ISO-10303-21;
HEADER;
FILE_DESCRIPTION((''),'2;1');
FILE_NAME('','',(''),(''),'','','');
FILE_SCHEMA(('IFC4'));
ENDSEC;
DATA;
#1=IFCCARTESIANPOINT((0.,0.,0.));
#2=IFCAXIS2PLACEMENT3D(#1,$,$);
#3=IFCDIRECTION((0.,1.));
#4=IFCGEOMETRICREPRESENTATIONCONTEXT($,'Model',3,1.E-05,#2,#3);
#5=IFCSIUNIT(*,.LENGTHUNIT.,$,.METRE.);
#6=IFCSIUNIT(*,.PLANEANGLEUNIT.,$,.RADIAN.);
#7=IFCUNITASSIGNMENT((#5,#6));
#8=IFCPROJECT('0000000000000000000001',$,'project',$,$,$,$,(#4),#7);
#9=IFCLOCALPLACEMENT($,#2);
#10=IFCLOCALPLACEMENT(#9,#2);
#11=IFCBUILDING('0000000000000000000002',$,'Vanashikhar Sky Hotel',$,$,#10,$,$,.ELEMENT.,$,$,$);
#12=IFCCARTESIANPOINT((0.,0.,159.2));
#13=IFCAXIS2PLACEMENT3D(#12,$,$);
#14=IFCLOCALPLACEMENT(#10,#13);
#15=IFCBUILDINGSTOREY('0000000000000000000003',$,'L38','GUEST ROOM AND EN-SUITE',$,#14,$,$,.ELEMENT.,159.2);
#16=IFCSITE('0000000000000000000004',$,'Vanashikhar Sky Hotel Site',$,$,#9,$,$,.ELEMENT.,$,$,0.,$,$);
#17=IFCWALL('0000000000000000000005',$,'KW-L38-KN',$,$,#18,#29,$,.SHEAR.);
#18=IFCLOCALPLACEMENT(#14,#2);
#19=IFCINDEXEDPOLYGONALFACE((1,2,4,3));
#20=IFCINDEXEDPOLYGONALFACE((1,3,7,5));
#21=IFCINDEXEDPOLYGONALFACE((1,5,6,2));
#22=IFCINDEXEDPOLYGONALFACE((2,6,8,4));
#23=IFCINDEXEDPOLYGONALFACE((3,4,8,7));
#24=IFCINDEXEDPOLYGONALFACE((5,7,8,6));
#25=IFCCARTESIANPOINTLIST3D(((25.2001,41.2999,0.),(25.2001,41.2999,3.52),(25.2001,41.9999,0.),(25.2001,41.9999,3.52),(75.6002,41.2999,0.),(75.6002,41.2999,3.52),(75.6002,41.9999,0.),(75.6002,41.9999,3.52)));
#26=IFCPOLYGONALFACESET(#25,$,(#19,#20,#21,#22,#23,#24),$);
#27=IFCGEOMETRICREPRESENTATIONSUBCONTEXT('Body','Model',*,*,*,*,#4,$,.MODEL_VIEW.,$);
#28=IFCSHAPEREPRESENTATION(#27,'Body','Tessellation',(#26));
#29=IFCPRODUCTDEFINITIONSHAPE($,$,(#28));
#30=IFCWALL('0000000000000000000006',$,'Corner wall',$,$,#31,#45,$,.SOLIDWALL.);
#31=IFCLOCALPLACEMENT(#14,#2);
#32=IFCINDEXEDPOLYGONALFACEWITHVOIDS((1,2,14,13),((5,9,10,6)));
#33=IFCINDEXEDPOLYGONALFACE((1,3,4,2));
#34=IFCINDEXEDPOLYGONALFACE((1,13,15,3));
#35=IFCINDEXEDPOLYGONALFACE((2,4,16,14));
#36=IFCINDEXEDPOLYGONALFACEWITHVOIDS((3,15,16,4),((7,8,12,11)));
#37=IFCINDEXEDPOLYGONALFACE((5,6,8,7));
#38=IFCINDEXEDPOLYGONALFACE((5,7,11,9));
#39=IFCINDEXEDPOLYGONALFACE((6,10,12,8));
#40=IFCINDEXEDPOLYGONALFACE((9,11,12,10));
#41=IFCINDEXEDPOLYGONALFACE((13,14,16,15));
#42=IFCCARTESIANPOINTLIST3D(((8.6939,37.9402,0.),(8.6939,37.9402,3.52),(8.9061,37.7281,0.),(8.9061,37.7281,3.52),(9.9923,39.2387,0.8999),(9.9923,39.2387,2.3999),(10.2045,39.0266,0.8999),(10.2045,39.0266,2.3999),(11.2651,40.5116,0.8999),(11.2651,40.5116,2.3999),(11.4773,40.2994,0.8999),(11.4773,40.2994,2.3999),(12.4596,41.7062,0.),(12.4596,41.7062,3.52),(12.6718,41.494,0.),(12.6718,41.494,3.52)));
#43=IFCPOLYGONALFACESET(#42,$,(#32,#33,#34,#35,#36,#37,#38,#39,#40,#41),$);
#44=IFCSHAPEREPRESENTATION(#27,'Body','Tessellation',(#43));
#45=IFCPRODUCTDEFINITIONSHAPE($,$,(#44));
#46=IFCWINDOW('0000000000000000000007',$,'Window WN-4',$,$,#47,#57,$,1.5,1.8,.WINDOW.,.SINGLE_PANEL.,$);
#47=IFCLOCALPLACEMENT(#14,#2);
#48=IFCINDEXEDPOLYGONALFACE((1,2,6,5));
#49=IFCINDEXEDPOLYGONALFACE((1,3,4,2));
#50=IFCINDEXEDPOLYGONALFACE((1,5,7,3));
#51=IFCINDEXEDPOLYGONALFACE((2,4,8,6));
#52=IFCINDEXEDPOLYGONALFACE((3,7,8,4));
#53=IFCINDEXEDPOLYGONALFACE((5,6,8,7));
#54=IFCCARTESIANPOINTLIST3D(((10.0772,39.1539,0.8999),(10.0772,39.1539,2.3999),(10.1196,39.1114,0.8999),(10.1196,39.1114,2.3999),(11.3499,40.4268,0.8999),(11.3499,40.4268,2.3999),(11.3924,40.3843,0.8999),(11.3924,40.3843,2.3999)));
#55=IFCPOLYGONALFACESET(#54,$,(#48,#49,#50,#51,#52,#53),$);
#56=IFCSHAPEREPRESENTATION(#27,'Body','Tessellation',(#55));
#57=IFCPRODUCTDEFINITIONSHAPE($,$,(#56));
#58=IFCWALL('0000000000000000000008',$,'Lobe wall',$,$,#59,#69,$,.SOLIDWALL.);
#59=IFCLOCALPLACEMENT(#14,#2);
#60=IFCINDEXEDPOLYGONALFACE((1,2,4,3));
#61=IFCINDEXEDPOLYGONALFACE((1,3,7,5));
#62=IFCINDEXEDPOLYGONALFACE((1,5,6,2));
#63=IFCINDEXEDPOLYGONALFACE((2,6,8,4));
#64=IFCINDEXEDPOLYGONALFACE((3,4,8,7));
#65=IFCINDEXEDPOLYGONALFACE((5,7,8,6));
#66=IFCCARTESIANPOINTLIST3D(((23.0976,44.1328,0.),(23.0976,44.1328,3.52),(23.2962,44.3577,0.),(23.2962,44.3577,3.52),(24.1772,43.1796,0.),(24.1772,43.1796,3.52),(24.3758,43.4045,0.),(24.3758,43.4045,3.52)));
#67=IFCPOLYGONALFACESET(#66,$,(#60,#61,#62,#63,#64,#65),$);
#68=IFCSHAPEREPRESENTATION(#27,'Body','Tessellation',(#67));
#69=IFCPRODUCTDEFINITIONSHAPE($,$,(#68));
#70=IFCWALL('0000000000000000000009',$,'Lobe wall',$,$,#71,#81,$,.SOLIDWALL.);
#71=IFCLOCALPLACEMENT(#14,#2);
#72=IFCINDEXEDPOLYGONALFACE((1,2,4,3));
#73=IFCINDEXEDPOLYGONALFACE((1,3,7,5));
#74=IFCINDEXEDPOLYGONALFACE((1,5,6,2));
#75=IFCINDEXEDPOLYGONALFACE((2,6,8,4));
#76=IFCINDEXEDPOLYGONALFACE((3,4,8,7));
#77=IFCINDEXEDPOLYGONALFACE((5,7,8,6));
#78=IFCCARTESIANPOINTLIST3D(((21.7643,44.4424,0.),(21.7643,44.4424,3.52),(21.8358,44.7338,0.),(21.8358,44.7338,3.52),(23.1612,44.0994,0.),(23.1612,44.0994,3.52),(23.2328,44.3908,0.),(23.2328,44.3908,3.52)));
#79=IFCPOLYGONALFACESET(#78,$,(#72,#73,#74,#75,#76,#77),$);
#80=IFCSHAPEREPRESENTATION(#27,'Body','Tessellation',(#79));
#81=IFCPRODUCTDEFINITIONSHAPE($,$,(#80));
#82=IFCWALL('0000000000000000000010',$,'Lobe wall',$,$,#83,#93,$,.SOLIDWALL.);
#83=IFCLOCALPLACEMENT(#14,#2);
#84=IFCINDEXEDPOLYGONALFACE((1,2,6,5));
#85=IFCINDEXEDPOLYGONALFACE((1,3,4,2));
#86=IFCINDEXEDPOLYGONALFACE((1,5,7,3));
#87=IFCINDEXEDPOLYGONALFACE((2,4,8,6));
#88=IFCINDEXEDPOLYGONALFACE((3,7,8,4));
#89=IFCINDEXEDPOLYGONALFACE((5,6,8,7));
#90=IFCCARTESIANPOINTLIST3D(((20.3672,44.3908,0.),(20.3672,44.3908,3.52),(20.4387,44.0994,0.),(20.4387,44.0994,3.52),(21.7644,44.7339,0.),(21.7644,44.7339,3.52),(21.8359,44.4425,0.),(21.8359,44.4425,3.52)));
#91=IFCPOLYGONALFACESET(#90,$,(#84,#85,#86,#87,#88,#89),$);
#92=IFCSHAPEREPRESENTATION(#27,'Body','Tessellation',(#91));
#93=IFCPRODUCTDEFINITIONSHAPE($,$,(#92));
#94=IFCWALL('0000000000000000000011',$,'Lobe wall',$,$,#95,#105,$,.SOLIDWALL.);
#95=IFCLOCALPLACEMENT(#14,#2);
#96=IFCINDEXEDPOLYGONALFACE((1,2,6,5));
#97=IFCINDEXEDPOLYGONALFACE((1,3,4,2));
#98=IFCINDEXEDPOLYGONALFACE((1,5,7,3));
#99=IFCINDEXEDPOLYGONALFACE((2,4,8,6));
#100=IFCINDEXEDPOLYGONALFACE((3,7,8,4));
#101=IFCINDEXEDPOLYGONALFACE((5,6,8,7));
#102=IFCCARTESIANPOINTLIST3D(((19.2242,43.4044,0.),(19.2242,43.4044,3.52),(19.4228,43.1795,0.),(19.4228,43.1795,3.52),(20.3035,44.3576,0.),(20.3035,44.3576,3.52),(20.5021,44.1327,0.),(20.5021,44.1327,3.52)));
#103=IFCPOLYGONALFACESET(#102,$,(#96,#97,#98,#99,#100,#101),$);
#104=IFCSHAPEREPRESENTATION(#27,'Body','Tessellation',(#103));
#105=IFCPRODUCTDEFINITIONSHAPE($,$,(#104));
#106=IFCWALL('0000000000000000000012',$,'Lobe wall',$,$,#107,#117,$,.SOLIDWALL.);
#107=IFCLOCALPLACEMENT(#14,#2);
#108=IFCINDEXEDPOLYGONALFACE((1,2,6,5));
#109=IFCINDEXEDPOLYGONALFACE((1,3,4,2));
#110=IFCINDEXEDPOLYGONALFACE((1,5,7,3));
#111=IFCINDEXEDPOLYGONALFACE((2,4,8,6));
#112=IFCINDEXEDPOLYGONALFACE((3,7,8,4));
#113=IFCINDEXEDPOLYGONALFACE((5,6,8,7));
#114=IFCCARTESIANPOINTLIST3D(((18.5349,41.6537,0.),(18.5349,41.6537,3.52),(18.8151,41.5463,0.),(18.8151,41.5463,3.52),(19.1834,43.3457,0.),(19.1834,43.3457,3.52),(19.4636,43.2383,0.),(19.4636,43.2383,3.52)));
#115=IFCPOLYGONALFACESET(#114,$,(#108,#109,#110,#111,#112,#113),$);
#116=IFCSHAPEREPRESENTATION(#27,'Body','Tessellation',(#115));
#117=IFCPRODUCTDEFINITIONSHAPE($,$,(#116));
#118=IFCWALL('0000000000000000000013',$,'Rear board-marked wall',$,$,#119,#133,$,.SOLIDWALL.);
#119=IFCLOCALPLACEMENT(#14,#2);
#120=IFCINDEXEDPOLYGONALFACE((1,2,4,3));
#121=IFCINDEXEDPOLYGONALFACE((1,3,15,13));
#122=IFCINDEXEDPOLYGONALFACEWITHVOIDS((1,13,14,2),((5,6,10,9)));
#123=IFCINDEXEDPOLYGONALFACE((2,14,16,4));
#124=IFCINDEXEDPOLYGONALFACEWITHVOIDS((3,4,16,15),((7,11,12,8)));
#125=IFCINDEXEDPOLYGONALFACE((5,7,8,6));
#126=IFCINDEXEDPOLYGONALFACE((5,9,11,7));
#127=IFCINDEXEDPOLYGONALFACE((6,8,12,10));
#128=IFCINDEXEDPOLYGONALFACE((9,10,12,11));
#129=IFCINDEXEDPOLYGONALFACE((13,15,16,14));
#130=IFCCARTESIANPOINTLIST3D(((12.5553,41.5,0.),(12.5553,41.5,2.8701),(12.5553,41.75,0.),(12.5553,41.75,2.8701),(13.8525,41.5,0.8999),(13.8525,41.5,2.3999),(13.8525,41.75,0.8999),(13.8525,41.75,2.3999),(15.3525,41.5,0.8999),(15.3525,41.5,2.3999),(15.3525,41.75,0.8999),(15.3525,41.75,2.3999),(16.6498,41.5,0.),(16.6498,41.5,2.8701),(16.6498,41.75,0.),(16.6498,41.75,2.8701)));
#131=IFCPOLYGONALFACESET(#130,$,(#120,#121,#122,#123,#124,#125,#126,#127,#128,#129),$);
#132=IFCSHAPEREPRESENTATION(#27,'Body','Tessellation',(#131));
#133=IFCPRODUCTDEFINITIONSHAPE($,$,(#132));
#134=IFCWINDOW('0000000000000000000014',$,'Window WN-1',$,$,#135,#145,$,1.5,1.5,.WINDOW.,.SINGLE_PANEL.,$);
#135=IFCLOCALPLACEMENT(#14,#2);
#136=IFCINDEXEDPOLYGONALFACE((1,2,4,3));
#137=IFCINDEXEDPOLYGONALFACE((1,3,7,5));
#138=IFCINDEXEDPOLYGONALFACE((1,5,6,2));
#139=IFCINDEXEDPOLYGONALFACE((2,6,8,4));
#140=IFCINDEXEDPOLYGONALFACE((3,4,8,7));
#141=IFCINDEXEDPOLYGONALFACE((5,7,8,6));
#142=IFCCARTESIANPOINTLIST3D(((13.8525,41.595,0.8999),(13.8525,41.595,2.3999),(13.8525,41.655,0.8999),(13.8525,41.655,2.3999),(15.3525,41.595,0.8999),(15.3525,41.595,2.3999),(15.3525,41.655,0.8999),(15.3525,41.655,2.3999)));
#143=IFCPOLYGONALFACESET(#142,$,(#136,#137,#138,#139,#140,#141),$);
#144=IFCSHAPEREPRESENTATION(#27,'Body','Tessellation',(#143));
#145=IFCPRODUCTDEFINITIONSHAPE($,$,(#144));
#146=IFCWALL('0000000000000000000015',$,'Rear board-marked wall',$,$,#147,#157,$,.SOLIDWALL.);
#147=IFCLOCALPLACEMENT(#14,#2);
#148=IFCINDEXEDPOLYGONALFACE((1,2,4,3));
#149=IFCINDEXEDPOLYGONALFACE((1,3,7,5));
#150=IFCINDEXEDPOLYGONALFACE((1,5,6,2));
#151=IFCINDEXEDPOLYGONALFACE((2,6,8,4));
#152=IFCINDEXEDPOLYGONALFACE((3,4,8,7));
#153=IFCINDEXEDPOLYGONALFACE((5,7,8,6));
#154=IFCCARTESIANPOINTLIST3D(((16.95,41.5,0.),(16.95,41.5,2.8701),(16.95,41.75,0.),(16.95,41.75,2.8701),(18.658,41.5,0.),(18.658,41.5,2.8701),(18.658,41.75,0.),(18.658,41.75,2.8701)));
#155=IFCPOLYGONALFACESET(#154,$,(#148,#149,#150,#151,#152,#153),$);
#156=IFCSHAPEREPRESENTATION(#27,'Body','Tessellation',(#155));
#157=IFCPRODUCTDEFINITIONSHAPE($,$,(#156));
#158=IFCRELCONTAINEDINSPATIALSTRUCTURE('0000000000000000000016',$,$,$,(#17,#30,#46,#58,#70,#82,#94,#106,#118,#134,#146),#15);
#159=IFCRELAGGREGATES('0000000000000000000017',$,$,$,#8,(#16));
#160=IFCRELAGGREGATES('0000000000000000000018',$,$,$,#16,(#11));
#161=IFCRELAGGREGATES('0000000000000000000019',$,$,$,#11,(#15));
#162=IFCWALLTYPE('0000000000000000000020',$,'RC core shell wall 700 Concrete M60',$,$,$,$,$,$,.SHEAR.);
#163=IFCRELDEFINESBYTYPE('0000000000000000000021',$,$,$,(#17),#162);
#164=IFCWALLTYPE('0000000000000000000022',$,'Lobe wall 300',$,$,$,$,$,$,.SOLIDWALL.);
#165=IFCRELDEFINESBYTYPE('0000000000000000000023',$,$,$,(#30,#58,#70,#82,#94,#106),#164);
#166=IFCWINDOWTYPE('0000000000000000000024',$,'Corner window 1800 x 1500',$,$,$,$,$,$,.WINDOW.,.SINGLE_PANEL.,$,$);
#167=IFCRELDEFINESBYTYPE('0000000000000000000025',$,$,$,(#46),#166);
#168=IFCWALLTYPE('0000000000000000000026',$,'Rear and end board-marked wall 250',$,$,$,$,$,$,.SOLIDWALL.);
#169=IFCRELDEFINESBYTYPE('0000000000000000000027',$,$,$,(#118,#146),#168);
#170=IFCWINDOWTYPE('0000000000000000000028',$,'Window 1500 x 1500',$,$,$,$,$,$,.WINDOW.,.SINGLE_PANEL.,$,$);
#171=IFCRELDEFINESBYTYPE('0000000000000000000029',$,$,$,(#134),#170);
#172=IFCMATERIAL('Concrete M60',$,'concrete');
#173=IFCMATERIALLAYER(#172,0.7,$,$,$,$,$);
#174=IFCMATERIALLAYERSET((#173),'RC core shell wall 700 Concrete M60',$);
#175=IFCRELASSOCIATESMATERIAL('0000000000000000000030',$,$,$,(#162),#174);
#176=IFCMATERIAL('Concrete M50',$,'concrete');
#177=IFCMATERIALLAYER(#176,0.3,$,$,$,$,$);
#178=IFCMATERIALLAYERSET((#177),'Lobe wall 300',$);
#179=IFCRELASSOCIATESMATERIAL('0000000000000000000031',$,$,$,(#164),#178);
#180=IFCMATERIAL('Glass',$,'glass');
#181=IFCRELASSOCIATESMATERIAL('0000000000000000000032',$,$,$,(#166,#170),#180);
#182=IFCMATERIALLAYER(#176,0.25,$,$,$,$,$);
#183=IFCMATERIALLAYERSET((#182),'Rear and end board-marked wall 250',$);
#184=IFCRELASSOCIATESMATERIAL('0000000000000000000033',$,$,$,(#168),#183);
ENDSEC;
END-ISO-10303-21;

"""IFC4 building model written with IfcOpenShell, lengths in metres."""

from ifc_helpers import new_model, si_unit, direction, frame, frame_2d, origin, place, context, subcontext, project, spatial, rectangle, extrude, source, transform, mapped, material, layer, layer_set, type_object, element, fill, save


model = new_model("IFC4")

# Units and contexts
model_context = context("Model", 3, precision=1e-05, world=origin(), true_north=direction((0.0, 1.0)))
body_context = subcontext(model_context, "Body", "Model", "MODEL_VIEW")
ifc_project = project(units=[si_unit("LENGTHUNIT", "METRE"), si_unit("PLANEANGLEUNIT", "RADIAN")], contexts=[model_context])

# Site, building, storey
site_placement = place(None, origin())
site = spatial("IfcSite", under=ifc_project, at=site_placement, Name="Vanashikhar Sky Hotel Site", CompositionType="ELEMENT", RefElevation=0.0)
building_placement = place(site_placement, origin())
building = spatial("IfcBuilding", under=site, at=building_placement, Name="Vanashikhar Sky Hotel", CompositionType="ELEMENT")
storey_placement = place(building_placement, frame((0.0, 0.0, 159.2)))
storey = spatial("IfcBuildingStorey", under=building, at=storey_placement, Name="L38", Description="GUEST ROOM AND EN-SUITE", CompositionType="ELEMENT", Elevation=159.2)

# Wall
ifc_material_1 = material(Name="Concrete M60", Category="concrete")
ifc_layer_1 = layer(ifc_material_1, 0.7)
ifc_layer_set_1 = layer_set([ifc_layer_1], Name="RC core shell wall 700 Concrete M60")
wall_type_1 = type_object("IfcWallType", Name="RC core shell wall 700 Concrete M60", PredefinedType="SHEAR", material=ifc_layer_set_1)
shared_shape_1 = source(origin(), body_context, "Body", "SweptSolid", [
    extrude(rectangle(XDim=50.4001, YDim=0.7, at=frame_2d((25.2002, 0.0))), origin(), (0.0, 0.0, 1.0), 3.52),
])
wall_1_placement = place(storey_placement, frame((25.2, 41.6499, 0.0), z_axis=(0.0, 0.0, 1.0), x_axis=(1.0, 0.0, 0.0)))
element("IfcWall", 1, at=wall_1_placement, inside=storey, type_object=wall_type_1, Name="KW-L38-KN", PredefinedType="SHEAR", context=body_context, shape_type="MappedRepresentation", body=[
    mapped(shared_shape_1, transform((0.0, 0.0, 0.0), scale=1.0)),
])

# Wall, opening, window
ifc_material_2 = material(Name="Concrete M50", Category="concrete")
ifc_layer_2 = layer(ifc_material_2, 0.3)
ifc_layer_set_2 = layer_set([ifc_layer_2], Name="Lobe wall 300")
wall_type_2 = type_object("IfcWallType", Name="Lobe wall 300", PredefinedType="SOLIDWALL", material=ifc_layer_set_2)
shared_shape_2 = source(origin(), body_context, "Body", "SweptSolid", [
    extrude(rectangle(XDim=5.3257, YDim=0.3, at=frame_2d((2.6628, 0.0))), origin(), (0.0, 0.0, 1.0), 3.52),
])
wall_2_placement = place(storey_placement, frame((12.5657, 41.6001, 0.0), z_axis=(0.0, 0.0, 1.0), x_axis=(-0.707084, -0.70713, 0.0)))
wall_2 = element("IfcWall", 2, at=wall_2_placement, inside=storey, type_object=wall_type_2, Name="Corner wall", PredefinedType="SOLIDWALL", context=body_context, shape_type="MappedRepresentation", body=[
    mapped(shared_shape_2, transform((0.0, 0.0, 0.0), scale=1.0)),
])
shared_shape_3 = source(origin(), body_context, "Body", "SweptSolid", [
    extrude(rectangle(XDim=1.8, YDim=1.5, at=frame_2d((0.8999, 0.75))), frame((0.0, 0.1602, 0.0), z_axis=(0.0, -1.0, 0.0), x_axis=(1.0, 0.0, 0.0)), (0.0, 0.0, 1.0), 0.3201),
])
opening_1_placement = place(wall_2_placement, frame((1.6895, 0.0, 0.8999)))
opening_1 = element("IfcOpeningElement", 3, at=opening_1_placement, cuts=wall_2, PredefinedType="OPENING", context=body_context, shape_type="MappedRepresentation", body=[
    mapped(shared_shape_3, transform((0.0, 0.0, 0.0), scale=1.0)),
])
ifc_material_3 = material(Name="Glass", Category="glass")
window_type_1 = type_object("IfcWindowType", Name="Corner window 1800 x 1500", PartitioningType="SINGLE_PANEL", PredefinedType="WINDOW", material=ifc_material_3)
shared_shape_4 = source(origin(), body_context, "Body", "SweptSolid", [
    extrude(rectangle(XDim=1.8, YDim=1.5, at=frame_2d((0.8999, 0.75))), frame((0.0, 0.03, 0.0), z_axis=(0.0, -1.0, 0.0), x_axis=(1.0, 0.0, 0.0)), (0.0, 0.0, 1.0), 0.0601),
])
window_1_placement = place(opening_1_placement, origin())
window_1 = element("IfcWindow", 4, at=window_1_placement, inside=storey, type_object=window_type_1, Name="Window WN-4", OverallHeight=1.5, OverallWidth=1.8, PartitioningType="SINGLE_PANEL", PredefinedType="WINDOW", context=body_context, shape_type="MappedRepresentation", body=[
    mapped(shared_shape_4, transform((0.0, 0.0, 0.0), scale=1.0)),
])
fill(opening_1, window_1)

# Walls
shared_shape_5 = source(origin(), body_context, "Body", "SweptSolid", [
    extrude(rectangle(XDim=1.4402, YDim=0.3, at=frame_2d((0.7202, 0.0))), origin(), (0.0, 0.0, 1.0), 3.52),
])
wall_3_placement = place(storey_placement, frame((24.2766, 43.292, 0.0), z_axis=(0.0, 0.0, 1.0), x_axis=(-0.74965, 0.661835, 0.0)))
element("IfcWall", 5, at=wall_3_placement, inside=storey, type_object=wall_type_2, Name="Lobe wall", PredefinedType="SOLIDWALL", context=body_context, shape_type="MappedRepresentation", body=[
    mapped(shared_shape_5, transform((0.0, 0.0, 0.0), scale=1.0)),
])
shared_shape_6 = source(origin(), body_context, "Body", "SweptSolid", [
    extrude(rectangle(XDim=1.4385, YDim=0.3, at=frame_2d((0.7192, 0.0))), origin(), (0.0, 0.0, 1.0), 3.52),
])
wall_4_placement = place(storey_placement, frame((23.197, 44.2451, 0.0), z_axis=(0.0, 0.0, 1.0), x_axis=(-0.971152, 0.23846, 0.0)))
element("IfcWall", 6, at=wall_4_placement, inside=storey, type_object=wall_type_2, Name="Lobe wall", PredefinedType="SOLIDWALL", context=body_context, shape_type="MappedRepresentation", body=[
    mapped(shared_shape_6, transform((0.0, 0.0, 0.0), scale=1.0)),
])
shared_shape_7 = source(origin(), body_context, "Body", "SweptSolid", [
    extrude(rectangle(XDim=1.4387, YDim=0.3, at=frame_2d((0.7192, 0.0))), origin(), (0.0, 0.0, 1.0), 3.52),
])
wall_5_placement = place(storey_placement, frame((21.8, 44.5881, 0.0), z_axis=(0.0, 0.0, 1.0), x_axis=(-0.971162, -0.238421, 0.0)))
element("IfcWall", 7, at=wall_5_placement, inside=storey, type_object=wall_type_2, Name="Lobe wall", PredefinedType="SOLIDWALL", context=body_context, shape_type="MappedRepresentation", body=[
    mapped(shared_shape_7, transform((0.0, 0.0, 0.0), scale=1.0)),
])
shared_shape_8 = source(origin(), body_context, "Body", "SweptSolid", [
    extrude(rectangle(XDim=1.4399, YDim=0.3, at=frame_2d((0.72, 0.0))), origin(), (0.0, 0.0, 1.0), 3.52),
])
wall_6_placement = place(storey_placement, frame((20.4028, 44.2451, 0.0), z_axis=(0.0, 0.0, 1.0), x_axis=(-0.749576, -0.661919, 0.0)))
element("IfcWall", 8, at=wall_6_placement, inside=storey, type_object=wall_type_2, Name="Lobe wall", PredefinedType="SOLIDWALL", context=body_context, shape_type="MappedRepresentation", body=[
    mapped(shared_shape_8, transform((0.0, 0.0, 0.0), scale=1.0)),
])
shared_shape_9 = source(origin(), body_context, "Body", "SweptSolid", [
    extrude(rectangle(XDim=1.812, YDim=0.3, at=frame_2d((0.906, 0.0))), origin(), (0.0, 0.0, 1.0), 3.52),
])
wall_7_placement = place(storey_placement, frame((19.3235, 43.292, 0.0), z_axis=(0.0, 0.0, 1.0), x_axis=(-0.357877, -0.933769, 0.0)))
element("IfcWall", 9, at=wall_7_placement, inside=storey, type_object=wall_type_2, Name="Lobe wall", PredefinedType="SOLIDWALL", context=body_context, shape_type="MappedRepresentation", body=[
    mapped(shared_shape_9, transform((0.0, 0.0, 0.0), scale=1.0)),
])

# Wall, opening, window
ifc_layer_3 = layer(ifc_material_2, 0.25)
ifc_layer_set_3 = layer_set([ifc_layer_3], Name="Rear and end board-marked wall 250")
wall_type_3 = type_object("IfcWallType", Name="Rear and end board-marked wall 250", PredefinedType="SOLIDWALL", material=ifc_layer_set_3)
shared_shape_10 = source(origin(), body_context, "Body", "SweptSolid", [
    extrude(rectangle(XDim=4.0945, YDim=0.25, at=frame_2d((2.0474, 0.0))), origin(), (0.0, 0.0, 1.0), 2.8701),
])
wall_8_placement = place(storey_placement, frame((16.6499, 41.625, 0.0), z_axis=(0.0, 0.0, 1.0), x_axis=(-1.0, 0.0, 0.0)))
wall_8 = element("IfcWall", 10, at=wall_8_placement, inside=storey, type_object=wall_type_3, Name="Rear board-marked wall", PredefinedType="SOLIDWALL", context=body_context, shape_type="MappedRepresentation", body=[
    mapped(shared_shape_10, transform((0.0, 0.0, 0.0), scale=1.0)),
])
shared_shape_11 = source(origin(), body_context, "Body", "SweptSolid", [
    extrude(rectangle(XDim=1.5, YDim=1.5, at=frame_2d((0.75, 0.75))), frame((0.0, 0.135, 0.0), z_axis=(0.0, -1.0, 0.0), x_axis=(1.0, 0.0, 0.0)), (0.0, 0.0, 1.0), 0.27),
])
opening_2_placement = place(wall_8_placement, frame((1.2974, 0.0, 0.8999)))
opening_2 = element("IfcOpeningElement", 11, at=opening_2_placement, cuts=wall_8, PredefinedType="OPENING", context=body_context, shape_type="MappedRepresentation", body=[
    mapped(shared_shape_11, transform((0.0, 0.0, 0.0), scale=1.0)),
])
window_type_2 = type_object("IfcWindowType", Name="Window 1500 x 1500", PartitioningType="SINGLE_PANEL", PredefinedType="WINDOW", material=ifc_material_3)
shared_shape_12 = source(origin(), body_context, "Body", "SweptSolid", [
    extrude(rectangle(XDim=1.5, YDim=1.5, at=frame_2d((0.75, 0.75))), frame((0.0, 0.03, 0.0), z_axis=(0.0, -1.0, 0.0), x_axis=(1.0, 0.0, 0.0)), (0.0, 0.0, 1.0), 0.0601),
])
window_2_placement = place(opening_2_placement, origin())
window_2 = element("IfcWindow", 12, at=window_2_placement, inside=storey, type_object=window_type_2, Name="Window WN-1", OverallHeight=1.5, OverallWidth=1.5, PartitioningType="SINGLE_PANEL", PredefinedType="WINDOW", context=body_context, shape_type="MappedRepresentation", body=[
    mapped(shared_shape_12, transform((0.0, 0.0, 0.0), scale=1.0)),
])
fill(opening_2, window_2)

# Wall
shared_shape_13 = source(origin(), body_context, "Body", "SweptSolid", [
    extrude(rectangle(XDim=1.708, YDim=0.25, at=frame_2d((0.854, 0.0))), origin(), (0.0, 0.0, 1.0), 2.8701),
])
wall_9_placement = place(storey_placement, frame((18.658, 41.625, 0.0), z_axis=(0.0, 0.0, 1.0), x_axis=(-1.0, 0.0, 0.0)))
element("IfcWall", 13, at=wall_9_placement, inside=storey, type_object=wall_type_3, Name="Rear board-marked wall", PredefinedType="SOLIDWALL", context=body_context, shape_type="MappedRepresentation", body=[
    mapped(shared_shape_13, transform((0.0, 0.0, 0.0), scale=1.0)),
])

save(model, "model.ifc")
